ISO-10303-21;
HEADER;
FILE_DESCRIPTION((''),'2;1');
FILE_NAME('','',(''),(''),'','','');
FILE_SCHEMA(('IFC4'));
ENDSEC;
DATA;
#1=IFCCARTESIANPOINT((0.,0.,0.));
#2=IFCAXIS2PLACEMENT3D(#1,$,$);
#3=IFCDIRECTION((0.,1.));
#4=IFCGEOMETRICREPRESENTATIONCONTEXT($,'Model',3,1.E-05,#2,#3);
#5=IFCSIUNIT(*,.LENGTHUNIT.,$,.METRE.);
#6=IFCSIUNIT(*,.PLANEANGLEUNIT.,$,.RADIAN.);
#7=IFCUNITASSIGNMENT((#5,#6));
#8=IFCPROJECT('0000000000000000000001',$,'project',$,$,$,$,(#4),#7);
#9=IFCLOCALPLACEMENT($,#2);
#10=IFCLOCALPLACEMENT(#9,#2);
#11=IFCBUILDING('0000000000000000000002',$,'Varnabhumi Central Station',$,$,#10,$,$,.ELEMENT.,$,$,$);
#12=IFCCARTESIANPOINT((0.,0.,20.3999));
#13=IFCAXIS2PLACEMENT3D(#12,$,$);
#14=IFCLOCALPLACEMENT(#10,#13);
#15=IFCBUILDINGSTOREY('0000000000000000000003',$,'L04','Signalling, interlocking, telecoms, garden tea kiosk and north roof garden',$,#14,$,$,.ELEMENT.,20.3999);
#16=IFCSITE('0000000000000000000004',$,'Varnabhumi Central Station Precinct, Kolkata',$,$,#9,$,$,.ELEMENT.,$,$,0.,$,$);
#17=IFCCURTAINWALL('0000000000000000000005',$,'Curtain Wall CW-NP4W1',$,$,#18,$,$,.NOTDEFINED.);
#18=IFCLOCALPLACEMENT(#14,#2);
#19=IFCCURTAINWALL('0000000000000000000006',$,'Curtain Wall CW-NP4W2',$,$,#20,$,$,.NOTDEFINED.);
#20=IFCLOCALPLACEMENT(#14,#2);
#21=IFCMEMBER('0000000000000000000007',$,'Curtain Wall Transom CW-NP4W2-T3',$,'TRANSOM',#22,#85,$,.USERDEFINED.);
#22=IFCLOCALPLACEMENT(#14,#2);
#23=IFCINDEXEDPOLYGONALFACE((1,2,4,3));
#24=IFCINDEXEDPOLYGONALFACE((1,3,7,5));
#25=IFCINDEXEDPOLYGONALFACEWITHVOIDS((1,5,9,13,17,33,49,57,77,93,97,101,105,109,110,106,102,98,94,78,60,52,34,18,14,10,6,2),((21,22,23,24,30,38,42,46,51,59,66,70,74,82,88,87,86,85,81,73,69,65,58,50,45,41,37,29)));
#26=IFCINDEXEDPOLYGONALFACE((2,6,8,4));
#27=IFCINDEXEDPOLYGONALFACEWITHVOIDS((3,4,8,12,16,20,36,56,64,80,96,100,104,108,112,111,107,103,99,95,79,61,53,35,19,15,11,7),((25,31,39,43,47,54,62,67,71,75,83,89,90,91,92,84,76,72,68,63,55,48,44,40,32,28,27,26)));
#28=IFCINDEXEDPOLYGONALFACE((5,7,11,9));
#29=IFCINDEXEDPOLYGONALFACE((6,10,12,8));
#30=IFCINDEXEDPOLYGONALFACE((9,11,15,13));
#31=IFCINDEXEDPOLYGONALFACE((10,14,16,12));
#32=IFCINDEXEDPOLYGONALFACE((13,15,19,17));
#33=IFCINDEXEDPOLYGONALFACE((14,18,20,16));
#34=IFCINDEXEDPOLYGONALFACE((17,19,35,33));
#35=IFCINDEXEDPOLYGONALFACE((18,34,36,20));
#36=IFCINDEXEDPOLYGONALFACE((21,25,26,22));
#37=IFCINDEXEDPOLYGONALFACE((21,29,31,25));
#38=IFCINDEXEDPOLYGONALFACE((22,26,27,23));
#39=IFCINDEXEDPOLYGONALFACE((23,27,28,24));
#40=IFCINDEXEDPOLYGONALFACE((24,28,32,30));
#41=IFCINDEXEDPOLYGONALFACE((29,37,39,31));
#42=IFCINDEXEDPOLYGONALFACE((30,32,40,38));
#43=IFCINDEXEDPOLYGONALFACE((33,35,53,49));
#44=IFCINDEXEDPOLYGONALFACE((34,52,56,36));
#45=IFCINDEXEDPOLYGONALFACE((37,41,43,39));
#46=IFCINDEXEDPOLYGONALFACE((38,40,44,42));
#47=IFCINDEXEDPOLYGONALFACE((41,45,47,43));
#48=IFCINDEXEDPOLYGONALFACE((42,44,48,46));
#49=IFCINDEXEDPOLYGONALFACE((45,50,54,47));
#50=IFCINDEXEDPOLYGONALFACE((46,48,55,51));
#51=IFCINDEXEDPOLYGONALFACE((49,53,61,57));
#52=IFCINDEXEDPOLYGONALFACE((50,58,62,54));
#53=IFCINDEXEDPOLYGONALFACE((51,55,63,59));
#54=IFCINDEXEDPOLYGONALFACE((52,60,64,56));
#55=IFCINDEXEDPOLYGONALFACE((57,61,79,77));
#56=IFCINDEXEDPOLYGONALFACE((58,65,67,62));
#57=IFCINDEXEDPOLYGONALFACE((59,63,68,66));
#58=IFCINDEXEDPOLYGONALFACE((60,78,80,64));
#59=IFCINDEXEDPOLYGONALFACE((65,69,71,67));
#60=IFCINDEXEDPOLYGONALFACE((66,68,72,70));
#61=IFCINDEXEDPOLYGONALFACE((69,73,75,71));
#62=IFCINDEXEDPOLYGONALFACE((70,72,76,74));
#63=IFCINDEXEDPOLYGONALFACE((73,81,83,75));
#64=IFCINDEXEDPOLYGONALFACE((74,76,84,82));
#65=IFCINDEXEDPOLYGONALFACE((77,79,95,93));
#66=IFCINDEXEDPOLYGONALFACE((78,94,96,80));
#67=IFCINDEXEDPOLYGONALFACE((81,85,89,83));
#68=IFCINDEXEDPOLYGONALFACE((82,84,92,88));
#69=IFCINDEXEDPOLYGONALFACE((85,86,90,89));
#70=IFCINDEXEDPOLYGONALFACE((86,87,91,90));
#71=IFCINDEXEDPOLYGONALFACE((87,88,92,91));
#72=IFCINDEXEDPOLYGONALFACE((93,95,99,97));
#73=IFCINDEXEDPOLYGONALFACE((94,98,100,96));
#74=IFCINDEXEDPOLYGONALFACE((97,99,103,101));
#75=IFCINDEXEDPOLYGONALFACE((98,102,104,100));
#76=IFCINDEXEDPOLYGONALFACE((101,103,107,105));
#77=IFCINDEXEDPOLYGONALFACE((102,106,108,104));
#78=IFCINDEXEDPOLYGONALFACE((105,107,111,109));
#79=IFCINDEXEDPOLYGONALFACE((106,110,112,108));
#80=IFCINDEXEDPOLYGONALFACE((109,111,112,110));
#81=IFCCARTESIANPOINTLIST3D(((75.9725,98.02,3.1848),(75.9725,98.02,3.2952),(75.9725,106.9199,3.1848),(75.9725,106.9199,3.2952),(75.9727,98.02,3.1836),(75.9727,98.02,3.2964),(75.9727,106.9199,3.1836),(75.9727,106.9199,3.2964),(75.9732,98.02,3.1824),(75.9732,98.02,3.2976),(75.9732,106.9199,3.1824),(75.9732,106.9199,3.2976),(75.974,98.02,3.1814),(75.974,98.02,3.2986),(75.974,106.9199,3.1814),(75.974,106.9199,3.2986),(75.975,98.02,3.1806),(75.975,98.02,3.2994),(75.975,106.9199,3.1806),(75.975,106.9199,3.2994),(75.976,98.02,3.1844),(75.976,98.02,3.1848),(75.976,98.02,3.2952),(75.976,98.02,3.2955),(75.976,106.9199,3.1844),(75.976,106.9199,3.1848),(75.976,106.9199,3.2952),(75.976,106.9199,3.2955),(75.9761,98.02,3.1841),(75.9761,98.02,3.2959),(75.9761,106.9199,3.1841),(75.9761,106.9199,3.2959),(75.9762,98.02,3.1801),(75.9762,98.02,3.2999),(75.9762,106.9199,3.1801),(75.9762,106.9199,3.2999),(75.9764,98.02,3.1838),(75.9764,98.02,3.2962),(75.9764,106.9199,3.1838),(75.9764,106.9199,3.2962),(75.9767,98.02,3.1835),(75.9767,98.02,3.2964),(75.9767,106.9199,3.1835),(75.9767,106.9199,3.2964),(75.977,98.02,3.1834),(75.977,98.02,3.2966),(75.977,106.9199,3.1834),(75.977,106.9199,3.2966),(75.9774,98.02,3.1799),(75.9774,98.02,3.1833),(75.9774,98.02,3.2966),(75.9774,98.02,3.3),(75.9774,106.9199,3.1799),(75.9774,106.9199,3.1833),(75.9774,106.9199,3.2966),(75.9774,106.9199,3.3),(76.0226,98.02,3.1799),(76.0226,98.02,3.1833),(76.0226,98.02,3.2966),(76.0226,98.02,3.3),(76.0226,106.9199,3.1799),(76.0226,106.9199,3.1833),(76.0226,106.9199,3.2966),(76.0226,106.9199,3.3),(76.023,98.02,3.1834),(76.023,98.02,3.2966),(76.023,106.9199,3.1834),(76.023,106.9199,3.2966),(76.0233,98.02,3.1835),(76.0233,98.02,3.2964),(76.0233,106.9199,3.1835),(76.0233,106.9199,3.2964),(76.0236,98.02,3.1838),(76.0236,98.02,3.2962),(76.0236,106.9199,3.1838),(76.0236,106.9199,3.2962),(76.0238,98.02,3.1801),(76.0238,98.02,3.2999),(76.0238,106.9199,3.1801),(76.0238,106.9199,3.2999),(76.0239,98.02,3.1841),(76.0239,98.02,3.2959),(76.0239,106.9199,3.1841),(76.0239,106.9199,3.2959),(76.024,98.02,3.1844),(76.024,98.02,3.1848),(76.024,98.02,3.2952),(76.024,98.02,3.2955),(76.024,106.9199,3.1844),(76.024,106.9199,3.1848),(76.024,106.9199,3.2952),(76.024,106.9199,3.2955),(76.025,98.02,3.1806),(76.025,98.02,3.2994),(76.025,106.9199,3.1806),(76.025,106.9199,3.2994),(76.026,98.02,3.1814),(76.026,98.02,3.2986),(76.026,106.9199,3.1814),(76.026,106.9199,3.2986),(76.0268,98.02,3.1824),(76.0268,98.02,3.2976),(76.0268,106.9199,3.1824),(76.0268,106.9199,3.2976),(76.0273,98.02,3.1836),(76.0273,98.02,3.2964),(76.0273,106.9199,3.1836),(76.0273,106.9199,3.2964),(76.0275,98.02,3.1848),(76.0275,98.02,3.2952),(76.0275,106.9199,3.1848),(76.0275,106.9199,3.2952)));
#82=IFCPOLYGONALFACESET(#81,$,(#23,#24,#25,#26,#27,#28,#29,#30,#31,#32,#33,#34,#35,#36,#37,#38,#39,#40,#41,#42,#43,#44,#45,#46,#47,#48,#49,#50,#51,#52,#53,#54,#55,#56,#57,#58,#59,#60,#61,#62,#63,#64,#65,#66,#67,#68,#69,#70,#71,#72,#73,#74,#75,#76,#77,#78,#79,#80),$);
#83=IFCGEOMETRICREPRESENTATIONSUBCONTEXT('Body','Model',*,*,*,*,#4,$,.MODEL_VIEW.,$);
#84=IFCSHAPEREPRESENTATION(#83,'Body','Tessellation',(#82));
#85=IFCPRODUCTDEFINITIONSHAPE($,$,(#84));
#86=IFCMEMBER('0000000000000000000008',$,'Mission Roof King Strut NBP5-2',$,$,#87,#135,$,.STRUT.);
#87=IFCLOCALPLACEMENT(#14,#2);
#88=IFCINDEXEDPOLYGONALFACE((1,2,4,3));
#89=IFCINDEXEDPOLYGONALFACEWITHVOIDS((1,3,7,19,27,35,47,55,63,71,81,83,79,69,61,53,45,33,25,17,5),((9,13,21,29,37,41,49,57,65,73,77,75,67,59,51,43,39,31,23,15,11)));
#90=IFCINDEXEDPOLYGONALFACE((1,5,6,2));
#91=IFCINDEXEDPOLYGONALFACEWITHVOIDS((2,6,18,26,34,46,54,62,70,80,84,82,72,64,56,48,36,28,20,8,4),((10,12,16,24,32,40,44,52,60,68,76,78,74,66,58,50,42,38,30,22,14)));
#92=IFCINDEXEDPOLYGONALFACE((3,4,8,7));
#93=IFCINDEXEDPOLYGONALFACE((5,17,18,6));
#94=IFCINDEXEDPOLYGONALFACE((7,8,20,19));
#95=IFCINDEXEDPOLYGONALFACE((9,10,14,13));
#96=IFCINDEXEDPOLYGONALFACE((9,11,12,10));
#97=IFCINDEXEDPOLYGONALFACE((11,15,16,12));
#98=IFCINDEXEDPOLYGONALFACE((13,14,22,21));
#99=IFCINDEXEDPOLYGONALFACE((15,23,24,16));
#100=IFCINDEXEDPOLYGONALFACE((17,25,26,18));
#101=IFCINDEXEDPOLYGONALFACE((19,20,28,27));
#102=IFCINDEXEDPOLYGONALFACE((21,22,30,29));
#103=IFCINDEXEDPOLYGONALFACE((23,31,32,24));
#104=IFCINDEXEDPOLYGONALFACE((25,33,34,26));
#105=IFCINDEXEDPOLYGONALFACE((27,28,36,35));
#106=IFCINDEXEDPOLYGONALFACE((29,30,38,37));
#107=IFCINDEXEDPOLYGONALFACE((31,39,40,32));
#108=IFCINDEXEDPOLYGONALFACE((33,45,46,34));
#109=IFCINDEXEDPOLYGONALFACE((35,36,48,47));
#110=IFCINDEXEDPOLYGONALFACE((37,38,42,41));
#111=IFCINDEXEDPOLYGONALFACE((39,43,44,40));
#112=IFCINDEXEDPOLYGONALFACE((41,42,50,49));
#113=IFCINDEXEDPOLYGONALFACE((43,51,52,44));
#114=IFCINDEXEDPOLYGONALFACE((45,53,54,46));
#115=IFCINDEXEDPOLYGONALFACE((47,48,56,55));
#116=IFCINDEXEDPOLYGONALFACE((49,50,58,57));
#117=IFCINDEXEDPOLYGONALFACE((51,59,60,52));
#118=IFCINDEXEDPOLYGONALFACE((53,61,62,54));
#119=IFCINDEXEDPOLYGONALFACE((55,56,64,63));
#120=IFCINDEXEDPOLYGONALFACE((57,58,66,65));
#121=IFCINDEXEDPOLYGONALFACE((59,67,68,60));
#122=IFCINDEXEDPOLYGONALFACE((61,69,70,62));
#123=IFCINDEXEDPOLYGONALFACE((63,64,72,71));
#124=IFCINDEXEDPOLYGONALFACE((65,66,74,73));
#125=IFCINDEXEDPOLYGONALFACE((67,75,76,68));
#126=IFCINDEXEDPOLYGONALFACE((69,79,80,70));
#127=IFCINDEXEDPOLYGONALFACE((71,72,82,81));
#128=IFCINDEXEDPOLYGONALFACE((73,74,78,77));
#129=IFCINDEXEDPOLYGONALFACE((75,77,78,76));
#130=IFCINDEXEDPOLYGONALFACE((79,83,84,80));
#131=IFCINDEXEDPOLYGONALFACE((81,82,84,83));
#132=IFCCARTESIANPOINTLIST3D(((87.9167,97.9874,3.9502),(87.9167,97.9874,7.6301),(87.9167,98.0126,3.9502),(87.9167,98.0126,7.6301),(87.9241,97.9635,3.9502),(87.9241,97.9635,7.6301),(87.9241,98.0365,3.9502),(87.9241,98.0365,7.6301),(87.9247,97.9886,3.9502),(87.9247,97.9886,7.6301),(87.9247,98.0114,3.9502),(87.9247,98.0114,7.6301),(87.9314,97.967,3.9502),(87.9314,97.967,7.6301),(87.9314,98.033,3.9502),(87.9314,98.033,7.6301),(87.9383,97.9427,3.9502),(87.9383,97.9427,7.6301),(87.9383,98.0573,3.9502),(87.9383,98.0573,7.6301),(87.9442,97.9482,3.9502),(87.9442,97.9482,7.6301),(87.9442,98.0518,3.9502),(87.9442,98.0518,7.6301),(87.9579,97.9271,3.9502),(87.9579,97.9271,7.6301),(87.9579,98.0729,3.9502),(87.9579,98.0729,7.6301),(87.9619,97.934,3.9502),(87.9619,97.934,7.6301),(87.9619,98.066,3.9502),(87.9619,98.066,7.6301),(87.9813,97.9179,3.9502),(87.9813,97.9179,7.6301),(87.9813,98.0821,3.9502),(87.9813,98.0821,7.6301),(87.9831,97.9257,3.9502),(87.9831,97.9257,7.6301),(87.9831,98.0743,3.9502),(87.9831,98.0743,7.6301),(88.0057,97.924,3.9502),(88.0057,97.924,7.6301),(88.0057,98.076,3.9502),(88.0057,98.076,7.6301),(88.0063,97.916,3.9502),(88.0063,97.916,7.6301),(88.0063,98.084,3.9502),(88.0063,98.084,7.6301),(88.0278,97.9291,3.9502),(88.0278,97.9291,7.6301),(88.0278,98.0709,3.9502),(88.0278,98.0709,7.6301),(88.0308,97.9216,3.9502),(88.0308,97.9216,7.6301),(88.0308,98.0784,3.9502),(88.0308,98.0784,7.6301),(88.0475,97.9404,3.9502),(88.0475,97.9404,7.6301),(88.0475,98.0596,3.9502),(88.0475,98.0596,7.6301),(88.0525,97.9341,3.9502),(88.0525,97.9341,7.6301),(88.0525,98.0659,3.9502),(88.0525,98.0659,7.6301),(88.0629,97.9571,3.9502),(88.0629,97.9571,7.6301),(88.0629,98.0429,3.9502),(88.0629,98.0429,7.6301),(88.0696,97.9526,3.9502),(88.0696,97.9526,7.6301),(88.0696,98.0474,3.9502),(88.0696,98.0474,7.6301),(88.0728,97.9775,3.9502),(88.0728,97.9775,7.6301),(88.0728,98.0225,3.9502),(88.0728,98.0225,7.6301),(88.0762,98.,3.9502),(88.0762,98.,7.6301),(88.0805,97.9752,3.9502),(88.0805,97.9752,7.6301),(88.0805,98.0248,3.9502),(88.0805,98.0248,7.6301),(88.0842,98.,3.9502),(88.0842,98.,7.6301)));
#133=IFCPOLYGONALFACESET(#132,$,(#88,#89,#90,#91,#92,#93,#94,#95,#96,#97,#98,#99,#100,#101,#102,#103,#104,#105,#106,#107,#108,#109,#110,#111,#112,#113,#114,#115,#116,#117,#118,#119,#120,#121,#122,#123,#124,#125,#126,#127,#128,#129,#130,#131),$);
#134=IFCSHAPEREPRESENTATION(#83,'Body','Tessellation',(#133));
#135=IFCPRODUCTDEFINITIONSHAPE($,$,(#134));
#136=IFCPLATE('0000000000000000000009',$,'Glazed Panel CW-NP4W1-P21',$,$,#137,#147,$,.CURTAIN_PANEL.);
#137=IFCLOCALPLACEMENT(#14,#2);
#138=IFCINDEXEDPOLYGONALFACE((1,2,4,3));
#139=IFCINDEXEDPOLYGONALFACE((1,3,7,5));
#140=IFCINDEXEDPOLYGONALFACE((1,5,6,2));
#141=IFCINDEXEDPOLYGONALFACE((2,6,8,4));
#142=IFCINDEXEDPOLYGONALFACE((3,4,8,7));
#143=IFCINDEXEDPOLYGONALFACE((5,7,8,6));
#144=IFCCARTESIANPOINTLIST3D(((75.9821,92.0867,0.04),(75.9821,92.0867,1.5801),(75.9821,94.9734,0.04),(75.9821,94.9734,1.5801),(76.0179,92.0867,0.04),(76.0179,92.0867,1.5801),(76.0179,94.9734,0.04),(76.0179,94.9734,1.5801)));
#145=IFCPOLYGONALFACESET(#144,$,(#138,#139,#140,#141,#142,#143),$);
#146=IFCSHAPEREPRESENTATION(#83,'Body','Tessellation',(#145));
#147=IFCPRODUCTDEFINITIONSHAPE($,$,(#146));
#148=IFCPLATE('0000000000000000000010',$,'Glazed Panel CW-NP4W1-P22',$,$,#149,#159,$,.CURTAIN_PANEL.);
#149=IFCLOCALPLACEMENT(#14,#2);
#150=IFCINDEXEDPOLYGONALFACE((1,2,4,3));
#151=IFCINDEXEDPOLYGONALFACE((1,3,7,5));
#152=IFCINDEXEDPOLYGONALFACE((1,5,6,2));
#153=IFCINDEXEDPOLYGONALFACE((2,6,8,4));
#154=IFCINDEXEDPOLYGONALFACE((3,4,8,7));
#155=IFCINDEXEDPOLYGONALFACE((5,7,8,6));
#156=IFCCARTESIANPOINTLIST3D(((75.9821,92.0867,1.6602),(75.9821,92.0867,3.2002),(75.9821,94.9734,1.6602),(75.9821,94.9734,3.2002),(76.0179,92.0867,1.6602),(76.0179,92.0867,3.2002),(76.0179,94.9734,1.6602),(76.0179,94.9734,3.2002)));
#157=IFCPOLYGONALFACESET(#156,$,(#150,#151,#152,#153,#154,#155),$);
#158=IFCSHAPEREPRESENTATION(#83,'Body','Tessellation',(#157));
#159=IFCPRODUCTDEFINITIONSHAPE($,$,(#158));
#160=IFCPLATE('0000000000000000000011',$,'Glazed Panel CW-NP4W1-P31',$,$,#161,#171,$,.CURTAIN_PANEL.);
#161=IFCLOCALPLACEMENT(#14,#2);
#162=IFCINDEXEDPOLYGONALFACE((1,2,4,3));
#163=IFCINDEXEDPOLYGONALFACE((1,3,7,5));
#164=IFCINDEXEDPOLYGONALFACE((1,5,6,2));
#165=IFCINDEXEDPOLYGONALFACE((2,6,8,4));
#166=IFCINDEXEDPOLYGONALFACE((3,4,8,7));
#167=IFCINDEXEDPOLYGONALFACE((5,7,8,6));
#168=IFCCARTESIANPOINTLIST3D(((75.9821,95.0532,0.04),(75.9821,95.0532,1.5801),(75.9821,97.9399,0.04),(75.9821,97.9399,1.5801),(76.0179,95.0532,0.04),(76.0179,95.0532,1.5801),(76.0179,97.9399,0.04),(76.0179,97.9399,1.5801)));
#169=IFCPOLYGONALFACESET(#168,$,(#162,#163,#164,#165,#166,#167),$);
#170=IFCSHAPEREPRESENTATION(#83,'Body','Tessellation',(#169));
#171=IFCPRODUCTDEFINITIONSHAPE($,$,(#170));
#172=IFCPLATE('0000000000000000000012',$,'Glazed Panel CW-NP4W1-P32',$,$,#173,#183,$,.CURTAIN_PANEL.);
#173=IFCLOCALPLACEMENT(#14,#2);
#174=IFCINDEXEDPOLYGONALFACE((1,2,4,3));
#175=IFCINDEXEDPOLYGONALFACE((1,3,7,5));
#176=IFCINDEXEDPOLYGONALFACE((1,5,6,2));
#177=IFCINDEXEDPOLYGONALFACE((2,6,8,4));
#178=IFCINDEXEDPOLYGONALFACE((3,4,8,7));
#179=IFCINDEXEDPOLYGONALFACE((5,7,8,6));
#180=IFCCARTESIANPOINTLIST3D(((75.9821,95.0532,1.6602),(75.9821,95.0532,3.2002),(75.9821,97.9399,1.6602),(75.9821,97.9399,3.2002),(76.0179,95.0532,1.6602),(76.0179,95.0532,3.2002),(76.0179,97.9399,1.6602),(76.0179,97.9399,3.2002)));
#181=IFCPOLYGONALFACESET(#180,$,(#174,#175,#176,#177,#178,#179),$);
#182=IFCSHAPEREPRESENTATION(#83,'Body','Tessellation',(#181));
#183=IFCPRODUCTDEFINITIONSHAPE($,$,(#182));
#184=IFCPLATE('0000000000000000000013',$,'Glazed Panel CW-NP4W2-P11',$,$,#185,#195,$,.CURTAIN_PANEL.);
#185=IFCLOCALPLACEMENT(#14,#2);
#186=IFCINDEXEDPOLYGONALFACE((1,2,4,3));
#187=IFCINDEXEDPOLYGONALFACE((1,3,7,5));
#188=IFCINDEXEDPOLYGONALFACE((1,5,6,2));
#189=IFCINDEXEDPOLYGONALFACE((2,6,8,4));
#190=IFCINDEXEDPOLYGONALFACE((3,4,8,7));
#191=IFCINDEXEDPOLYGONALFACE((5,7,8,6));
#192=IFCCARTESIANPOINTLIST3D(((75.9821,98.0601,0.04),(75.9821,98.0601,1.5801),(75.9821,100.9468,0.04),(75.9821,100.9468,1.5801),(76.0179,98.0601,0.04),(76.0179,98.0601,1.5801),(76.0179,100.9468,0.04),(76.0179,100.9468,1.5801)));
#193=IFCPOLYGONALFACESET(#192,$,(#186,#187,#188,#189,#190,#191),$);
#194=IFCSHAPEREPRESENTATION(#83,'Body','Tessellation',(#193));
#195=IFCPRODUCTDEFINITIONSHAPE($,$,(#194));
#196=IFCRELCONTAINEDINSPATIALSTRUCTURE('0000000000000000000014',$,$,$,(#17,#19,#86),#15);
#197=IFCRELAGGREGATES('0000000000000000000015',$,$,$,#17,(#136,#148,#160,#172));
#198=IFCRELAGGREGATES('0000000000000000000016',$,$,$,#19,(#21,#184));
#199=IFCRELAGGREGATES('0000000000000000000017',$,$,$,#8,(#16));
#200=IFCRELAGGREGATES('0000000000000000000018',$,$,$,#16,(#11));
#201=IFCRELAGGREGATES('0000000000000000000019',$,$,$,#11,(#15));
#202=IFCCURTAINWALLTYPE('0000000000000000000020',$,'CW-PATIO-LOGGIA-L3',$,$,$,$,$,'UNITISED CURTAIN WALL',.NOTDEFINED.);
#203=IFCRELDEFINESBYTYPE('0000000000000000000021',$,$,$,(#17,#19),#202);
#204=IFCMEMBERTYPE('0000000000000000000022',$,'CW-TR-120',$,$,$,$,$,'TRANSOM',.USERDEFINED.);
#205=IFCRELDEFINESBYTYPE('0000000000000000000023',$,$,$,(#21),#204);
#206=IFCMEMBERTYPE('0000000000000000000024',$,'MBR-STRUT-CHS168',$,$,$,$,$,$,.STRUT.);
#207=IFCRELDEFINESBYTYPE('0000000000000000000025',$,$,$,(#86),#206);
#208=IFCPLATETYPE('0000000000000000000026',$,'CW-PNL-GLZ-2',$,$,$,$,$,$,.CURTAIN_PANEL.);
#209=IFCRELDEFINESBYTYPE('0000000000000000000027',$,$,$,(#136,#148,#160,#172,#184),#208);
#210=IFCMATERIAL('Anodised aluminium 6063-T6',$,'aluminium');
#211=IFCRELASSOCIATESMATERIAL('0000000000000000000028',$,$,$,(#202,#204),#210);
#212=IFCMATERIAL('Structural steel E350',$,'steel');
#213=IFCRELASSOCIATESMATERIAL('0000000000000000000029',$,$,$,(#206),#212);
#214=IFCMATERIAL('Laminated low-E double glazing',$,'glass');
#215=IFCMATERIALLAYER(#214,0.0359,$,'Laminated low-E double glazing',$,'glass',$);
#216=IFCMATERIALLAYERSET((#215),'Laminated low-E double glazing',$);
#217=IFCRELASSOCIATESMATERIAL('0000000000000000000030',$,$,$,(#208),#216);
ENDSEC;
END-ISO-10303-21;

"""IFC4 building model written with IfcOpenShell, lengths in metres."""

from ifc_helpers import new_model, si_unit, direction, frame, origin, origin_2d, place, context, subcontext, project, spatial, rectangle, hollow_rectangle, hollow_circle, extrude, material, layer, layer_set, material_profile, profile_set, type_object, element, aggregate, save


model = new_model("IFC4")

# Units and contexts
model_context = context("Model", 3, precision=1e-05, world=origin(), true_north=direction((0.0, 1.0)))
body_context = subcontext(model_context, "Body", "Model", "MODEL_VIEW")
ifc_project = project(units=[si_unit("LENGTHUNIT", "METRE"), si_unit("PLANEANGLEUNIT", "RADIAN")], contexts=[model_context])

# Site, building, storey
site_placement = place(None, origin())
site = spatial("IfcSite", under=ifc_project, at=site_placement, Name="Varnabhumi Central Station Precinct, Kolkata", CompositionType="ELEMENT", RefElevation=0.0)
building_placement = place(site_placement, origin())
building = spatial("IfcBuilding", under=site, at=building_placement, Name="Varnabhumi Central Station", CompositionType="ELEMENT")
storey_placement = place(building_placement, frame((0.0, 0.0, 20.3999)))
storey = spatial("IfcBuildingStorey", under=building, at=storey_placement, Name="L04", Description="Signalling, interlocking, telecoms, garden tea kiosk and north roof garden", CompositionType="ELEMENT", Elevation=20.3999)

# Shared definitions
ifc_material_1 = material(Name="Structural steel E350", Category="steel")

# Curtain walls, member
ifc_material_2 = material(Name="Anodised aluminium 6063-T6", Category="aluminium")
curtain_wall_type = type_object("IfcCurtainWallType", Name="CW-PATIO-LOGGIA-L3", ElementType="UNITISED CURTAIN WALL", PredefinedType="NOTDEFINED", material=ifc_material_2)
curtain_wall_1_placement = place(storey_placement, origin())
curtain_wall_1 = element("IfcCurtainWall", 1, at=curtain_wall_1_placement, inside=storey, type_object=curtain_wall_type, Name="Curtain Wall CW-NP4W1", PredefinedType="NOTDEFINED")
curtain_wall_2_placement = place(storey_placement, origin())
curtain_wall_2 = element("IfcCurtainWall", 2, at=curtain_wall_2_placement, inside=storey, type_object=curtain_wall_type, Name="Curtain Wall CW-NP4W2", PredefinedType="NOTDEFINED")
ifc_material_profile_1 = material_profile(ifc_material_2, hollow_rectangle(XDim=0.0549, YDim=0.1201, WallThickness=0.0034, InnerFilletRadius=0.0015, OuterFilletRadius=0.0049, at=origin_2d()), Name="Anodised aluminium 6063-T6", Category="aluminium")
ifc_profile_set_1 = profile_set([ifc_material_profile_1], Name="Anodised aluminium 6063-T6")
member_type_1 = type_object("IfcMemberType", Name="CW-TR-120", ElementType="TRANSOM", PredefinedType="USERDEFINED", material=ifc_profile_set_1)
member_1_placement = place(storey_placement, frame((76.0, 98.02, 3.24), z_axis=(0.0, 1.0, 0.0), x_axis=(-1.0, 0.0, 0.0)))
member_1 = element("IfcMember", 3, at=member_1_placement, type_object=member_type_1, Name="Curtain Wall Transom CW-NP4W2-T3", ObjectType="TRANSOM", PredefinedType="USERDEFINED", context=body_context, shape_type="SweptSolid", body=[
    extrude(hollow_rectangle(XDim=0.0549, YDim=0.1201, WallThickness=0.0034, InnerFilletRadius=0.0015, OuterFilletRadius=0.0049, at=origin_2d()), origin(), (0.0, 0.0, 1.0), 8.8999),
])

# Member
ifc_material_profile_2 = material_profile(ifc_material_1, hollow_circle(Radius=0.0842, WallThickness=0.0081, at=origin_2d()), Name="Structural steel E350", Category="steel")
ifc_profile_set_2 = profile_set([ifc_material_profile_2], Name="Structural steel E350")
member_type_2 = type_object("IfcMemberType", Name="MBR-STRUT-CHS168", PredefinedType="STRUT", material=ifc_profile_set_2)
member_2_placement = place(storey_placement, frame((88.0, 98.0, 3.9502), z_axis=(0.0, 0.0, 1.0), x_axis=(1.0, 0.0, 0.0)))
element("IfcMember", 4, at=member_2_placement, inside=storey, type_object=member_type_2, Name="Mission Roof King Strut NBP5-2", PredefinedType="STRUT", context=body_context, shape_type="SweptSolid", body=[
    extrude(hollow_circle(Radius=0.0842, WallThickness=0.0081, at=origin_2d()), origin(), (0.0, 0.0, 1.0), 3.6799),
])

# Plates
ifc_material_3 = material(Name="Laminated low-E double glazing", Category="glass")
ifc_layer_1 = layer(ifc_material_3, 0.0359, Name="Laminated low-E double glazing", Category="glass")
ifc_layer_set_1 = layer_set([ifc_layer_1], Name="Laminated low-E double glazing")
plate_type_1 = type_object("IfcPlateType", Name="CW-PNL-GLZ-2", PredefinedType="CURTAIN_PANEL", material=ifc_layer_set_1)
plate_1_placement = place(storey_placement, frame((76.0, 93.53, 0.04), z_axis=(0.0, 0.0, 1.0), x_axis=(0.0, 1.0, 0.0)))
plate_1 = element("IfcPlate", 5, at=plate_1_placement, type_object=plate_type_1, Name="Glazed Panel CW-NP4W1-P21", PredefinedType="CURTAIN_PANEL", context=body_context, shape_type="SweptSolid", body=[
    extrude(rectangle(XDim=2.8867, YDim=0.0359, at=origin_2d()), origin(), (0.0, 0.0, 1.0), 1.54),
])
plate_2_placement = place(storey_placement, frame((76.0, 93.53, 1.6602), z_axis=(0.0, 0.0, 1.0), x_axis=(0.0, 1.0, 0.0)))
plate_2 = element("IfcPlate", 6, at=plate_2_placement, type_object=plate_type_1, Name="Glazed Panel CW-NP4W1-P22", PredefinedType="CURTAIN_PANEL", context=body_context, shape_type="SweptSolid", body=[
    extrude(rectangle(XDim=2.8867, YDim=0.0359, at=origin_2d()), origin(), (0.0, 0.0, 1.0), 1.54),
])
plate_3_placement = place(storey_placement, frame((76.0, 96.4966, 0.04), z_axis=(0.0, 0.0, 1.0), x_axis=(0.0, 1.0, 0.0)))
plate_3 = element("IfcPlate", 7, at=plate_3_placement, type_object=plate_type_1, Name="Glazed Panel CW-NP4W1-P31", PredefinedType="CURTAIN_PANEL", context=body_context, shape_type="SweptSolid", body=[
    extrude(rectangle(XDim=2.8867, YDim=0.0359, at=origin_2d()), origin(), (0.0, 0.0, 1.0), 1.54),
])
plate_4_placement = place(storey_placement, frame((76.0, 96.4966, 1.6602), z_axis=(0.0, 0.0, 1.0), x_axis=(0.0, 1.0, 0.0)))
plate_4 = element("IfcPlate", 8, at=plate_4_placement, type_object=plate_type_1, Name="Glazed Panel CW-NP4W1-P32", PredefinedType="CURTAIN_PANEL", context=body_context, shape_type="SweptSolid", body=[
    extrude(rectangle(XDim=2.8867, YDim=0.0359, at=origin_2d()), origin(), (0.0, 0.0, 1.0), 1.54),
])
aggregate(curtain_wall_1, [plate_1, plate_2, plate_3, plate_4])
plate_5_placement = place(storey_placement, frame((76.0, 99.5034, 0.04), z_axis=(0.0, 0.0, 1.0), x_axis=(0.0, 1.0, 0.0)))
plate_5 = element("IfcPlate", 9, at=plate_5_placement, type_object=plate_type_1, Name="Glazed Panel CW-NP4W2-P11", PredefinedType="CURTAIN_PANEL", context=body_context, shape_type="SweptSolid", body=[
    extrude(rectangle(XDim=2.8867, YDim=0.0359, at=origin_2d()), origin(), (0.0, 0.0, 1.0), 1.54),
])
aggregate(curtain_wall_2, [member_1, plate_5])

save(model, "model.ifc")
